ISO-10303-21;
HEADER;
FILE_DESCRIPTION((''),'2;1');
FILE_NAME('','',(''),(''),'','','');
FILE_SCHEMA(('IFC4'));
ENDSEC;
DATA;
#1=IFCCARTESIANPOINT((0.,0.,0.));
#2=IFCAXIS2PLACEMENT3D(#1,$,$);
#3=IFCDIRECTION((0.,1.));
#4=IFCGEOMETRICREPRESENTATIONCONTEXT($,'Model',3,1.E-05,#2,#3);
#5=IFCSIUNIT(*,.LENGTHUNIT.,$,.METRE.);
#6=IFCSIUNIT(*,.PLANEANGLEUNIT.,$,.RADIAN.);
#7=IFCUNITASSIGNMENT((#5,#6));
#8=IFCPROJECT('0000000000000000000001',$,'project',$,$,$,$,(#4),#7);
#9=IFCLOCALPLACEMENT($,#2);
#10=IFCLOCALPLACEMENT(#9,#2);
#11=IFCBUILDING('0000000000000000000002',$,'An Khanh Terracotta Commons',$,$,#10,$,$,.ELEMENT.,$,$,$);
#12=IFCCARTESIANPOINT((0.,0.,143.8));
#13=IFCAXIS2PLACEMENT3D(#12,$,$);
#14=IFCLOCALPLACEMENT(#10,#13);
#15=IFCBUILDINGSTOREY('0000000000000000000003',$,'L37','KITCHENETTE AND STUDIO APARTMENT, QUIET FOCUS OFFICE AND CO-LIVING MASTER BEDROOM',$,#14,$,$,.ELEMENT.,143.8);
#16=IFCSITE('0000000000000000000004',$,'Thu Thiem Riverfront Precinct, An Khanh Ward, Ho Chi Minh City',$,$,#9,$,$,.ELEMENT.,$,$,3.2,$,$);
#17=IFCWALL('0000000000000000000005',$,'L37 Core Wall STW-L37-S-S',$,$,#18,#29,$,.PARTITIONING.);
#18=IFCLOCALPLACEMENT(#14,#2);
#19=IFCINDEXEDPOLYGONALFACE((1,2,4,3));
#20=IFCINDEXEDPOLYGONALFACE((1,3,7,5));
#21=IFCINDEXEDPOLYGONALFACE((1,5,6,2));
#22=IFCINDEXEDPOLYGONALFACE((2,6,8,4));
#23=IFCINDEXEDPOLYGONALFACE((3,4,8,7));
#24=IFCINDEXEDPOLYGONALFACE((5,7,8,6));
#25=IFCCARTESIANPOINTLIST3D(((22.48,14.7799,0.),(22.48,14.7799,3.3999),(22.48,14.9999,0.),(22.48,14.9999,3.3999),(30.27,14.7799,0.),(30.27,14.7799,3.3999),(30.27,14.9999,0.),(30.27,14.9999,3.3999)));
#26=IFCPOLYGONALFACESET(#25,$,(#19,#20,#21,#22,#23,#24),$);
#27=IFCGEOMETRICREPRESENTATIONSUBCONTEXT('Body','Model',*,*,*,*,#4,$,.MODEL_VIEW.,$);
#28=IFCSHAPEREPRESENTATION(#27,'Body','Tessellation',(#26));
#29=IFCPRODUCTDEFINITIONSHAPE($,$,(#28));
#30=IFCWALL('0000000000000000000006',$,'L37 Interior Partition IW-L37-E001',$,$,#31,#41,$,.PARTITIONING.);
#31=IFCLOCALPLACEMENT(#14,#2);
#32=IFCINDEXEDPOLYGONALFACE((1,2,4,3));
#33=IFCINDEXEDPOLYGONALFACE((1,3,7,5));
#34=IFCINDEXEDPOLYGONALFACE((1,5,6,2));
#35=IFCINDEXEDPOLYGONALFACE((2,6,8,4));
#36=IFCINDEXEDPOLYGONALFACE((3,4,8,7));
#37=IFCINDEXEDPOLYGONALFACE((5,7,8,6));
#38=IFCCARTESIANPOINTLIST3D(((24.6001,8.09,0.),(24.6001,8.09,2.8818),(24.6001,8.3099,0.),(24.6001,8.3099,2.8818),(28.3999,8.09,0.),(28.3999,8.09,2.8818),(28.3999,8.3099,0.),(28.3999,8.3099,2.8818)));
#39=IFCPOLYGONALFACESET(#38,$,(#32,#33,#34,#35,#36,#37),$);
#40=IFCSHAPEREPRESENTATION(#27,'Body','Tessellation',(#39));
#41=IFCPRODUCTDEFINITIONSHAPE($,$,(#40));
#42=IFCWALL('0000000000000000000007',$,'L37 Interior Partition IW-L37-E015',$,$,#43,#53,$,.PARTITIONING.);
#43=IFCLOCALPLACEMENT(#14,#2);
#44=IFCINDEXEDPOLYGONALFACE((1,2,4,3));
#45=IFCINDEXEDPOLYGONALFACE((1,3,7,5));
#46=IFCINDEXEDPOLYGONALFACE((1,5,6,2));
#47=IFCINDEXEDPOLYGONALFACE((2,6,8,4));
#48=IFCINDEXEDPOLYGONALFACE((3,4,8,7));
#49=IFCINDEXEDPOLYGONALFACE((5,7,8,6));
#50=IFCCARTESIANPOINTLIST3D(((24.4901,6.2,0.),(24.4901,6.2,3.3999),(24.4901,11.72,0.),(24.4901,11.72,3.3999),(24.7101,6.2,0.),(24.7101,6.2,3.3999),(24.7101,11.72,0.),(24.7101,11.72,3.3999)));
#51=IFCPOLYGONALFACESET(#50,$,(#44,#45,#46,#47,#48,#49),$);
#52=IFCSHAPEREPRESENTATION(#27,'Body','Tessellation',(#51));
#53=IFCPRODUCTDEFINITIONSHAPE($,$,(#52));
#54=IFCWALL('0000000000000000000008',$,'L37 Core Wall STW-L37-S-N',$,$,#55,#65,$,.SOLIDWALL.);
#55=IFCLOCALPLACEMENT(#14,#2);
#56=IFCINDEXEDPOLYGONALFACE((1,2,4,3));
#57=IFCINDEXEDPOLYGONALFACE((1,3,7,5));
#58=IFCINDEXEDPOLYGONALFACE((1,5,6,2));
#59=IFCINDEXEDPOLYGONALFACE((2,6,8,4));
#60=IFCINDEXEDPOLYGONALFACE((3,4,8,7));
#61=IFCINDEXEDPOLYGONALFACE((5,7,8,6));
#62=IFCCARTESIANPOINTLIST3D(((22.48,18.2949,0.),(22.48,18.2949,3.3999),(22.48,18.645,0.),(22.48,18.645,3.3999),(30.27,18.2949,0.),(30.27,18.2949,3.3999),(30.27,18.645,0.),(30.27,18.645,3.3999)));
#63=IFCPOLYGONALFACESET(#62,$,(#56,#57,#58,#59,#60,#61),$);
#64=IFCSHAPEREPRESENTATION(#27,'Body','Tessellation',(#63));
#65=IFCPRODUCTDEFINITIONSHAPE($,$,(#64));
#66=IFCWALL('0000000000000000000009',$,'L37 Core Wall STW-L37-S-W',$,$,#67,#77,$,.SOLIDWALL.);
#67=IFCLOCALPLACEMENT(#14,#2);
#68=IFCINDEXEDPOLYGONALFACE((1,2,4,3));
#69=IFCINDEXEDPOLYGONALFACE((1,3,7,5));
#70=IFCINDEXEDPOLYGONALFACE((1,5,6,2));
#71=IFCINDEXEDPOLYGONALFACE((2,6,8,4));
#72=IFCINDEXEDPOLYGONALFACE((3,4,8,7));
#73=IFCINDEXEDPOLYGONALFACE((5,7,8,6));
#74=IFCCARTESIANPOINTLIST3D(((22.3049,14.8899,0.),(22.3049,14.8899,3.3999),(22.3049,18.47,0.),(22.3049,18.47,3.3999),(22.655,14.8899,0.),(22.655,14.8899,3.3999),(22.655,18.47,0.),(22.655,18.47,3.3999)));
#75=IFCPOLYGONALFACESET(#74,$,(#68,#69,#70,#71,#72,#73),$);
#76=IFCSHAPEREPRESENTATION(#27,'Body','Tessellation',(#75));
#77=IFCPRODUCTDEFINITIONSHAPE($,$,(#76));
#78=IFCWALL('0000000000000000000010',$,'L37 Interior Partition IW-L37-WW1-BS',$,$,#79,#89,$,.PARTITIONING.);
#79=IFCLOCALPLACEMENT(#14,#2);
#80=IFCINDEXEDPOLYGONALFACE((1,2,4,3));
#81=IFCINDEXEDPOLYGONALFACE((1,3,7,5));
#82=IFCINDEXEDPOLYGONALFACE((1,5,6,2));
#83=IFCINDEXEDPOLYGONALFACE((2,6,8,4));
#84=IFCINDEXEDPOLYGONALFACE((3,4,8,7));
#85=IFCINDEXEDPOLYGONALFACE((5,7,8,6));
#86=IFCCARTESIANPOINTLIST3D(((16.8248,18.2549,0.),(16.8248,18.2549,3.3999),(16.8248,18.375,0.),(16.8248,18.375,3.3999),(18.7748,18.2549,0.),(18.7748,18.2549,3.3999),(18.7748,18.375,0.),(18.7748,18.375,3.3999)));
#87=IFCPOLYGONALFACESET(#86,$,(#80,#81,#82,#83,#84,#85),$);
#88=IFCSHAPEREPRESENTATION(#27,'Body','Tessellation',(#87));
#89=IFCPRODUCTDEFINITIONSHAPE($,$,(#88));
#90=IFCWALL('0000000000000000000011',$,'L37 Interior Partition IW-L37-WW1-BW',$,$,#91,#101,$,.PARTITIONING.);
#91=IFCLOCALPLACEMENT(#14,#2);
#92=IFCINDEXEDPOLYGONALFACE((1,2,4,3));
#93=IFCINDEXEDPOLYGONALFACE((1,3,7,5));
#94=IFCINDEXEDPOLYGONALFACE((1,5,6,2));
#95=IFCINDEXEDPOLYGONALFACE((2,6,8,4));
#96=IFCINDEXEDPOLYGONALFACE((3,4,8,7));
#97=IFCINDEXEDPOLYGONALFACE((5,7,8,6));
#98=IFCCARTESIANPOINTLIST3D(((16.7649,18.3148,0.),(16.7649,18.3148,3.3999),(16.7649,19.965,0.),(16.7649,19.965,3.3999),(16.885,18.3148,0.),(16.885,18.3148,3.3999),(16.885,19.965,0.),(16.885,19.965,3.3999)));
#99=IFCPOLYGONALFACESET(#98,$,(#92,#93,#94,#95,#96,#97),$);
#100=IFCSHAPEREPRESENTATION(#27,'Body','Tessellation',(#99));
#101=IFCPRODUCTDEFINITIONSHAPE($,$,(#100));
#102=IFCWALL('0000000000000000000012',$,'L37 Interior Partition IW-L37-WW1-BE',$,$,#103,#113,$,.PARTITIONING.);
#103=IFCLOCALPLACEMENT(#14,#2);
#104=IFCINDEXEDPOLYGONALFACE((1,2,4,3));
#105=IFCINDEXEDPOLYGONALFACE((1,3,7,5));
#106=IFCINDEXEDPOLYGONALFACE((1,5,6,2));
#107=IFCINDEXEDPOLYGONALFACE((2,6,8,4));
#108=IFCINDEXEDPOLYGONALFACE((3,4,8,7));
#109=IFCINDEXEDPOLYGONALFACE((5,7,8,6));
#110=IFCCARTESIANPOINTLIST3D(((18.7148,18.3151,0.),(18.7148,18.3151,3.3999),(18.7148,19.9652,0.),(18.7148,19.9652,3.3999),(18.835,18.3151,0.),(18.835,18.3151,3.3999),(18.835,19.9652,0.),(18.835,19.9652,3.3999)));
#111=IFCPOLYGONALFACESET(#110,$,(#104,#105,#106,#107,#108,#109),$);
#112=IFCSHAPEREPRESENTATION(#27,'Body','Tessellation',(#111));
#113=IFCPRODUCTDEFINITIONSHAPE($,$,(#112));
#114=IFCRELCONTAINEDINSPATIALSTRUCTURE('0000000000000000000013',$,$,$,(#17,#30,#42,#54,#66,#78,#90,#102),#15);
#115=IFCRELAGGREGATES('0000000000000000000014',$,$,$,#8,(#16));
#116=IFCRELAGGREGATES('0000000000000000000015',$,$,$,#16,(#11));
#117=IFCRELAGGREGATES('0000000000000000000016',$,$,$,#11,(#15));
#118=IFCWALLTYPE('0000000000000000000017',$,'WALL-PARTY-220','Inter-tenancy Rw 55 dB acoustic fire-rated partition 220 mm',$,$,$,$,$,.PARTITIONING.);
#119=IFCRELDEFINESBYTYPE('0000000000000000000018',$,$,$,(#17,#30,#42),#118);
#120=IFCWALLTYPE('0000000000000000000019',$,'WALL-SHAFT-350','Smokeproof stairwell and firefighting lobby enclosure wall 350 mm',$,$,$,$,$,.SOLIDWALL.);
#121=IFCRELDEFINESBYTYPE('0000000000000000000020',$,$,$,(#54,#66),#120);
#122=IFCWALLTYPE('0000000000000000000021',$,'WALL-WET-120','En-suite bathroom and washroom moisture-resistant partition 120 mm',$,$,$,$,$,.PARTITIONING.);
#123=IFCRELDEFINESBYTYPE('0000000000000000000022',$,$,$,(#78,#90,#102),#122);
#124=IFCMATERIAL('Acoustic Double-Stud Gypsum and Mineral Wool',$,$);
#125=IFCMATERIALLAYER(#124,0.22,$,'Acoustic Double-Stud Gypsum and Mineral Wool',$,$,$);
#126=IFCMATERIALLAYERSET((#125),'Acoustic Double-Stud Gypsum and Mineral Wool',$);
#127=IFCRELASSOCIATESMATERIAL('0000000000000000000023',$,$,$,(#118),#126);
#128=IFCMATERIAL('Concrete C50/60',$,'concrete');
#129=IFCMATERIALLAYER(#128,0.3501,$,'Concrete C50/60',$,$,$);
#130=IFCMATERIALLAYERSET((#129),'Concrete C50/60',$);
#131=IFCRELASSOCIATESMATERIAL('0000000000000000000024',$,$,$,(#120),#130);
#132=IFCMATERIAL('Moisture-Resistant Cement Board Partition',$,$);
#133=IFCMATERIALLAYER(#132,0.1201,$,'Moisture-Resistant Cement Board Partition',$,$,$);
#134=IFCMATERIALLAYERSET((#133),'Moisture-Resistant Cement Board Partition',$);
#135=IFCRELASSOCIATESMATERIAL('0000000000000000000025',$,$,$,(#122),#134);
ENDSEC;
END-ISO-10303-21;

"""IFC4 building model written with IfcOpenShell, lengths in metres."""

from ifc_helpers import new_model, si_unit, direction, frame, frame_2d, origin, place, context, subcontext, project, spatial, rectangle, extrude, material, layer, layer_set, type_object, element, save


model = new_model("IFC4")

# Units and contexts
model_context = context("Model", 3, precision=1e-05, world=origin(), true_north=direction((0.0, 1.0)))
body_context = subcontext(model_context, "Body", "Model", "MODEL_VIEW")
ifc_project = project(units=[si_unit("LENGTHUNIT", "METRE"), si_unit("PLANEANGLEUNIT", "RADIAN")], contexts=[model_context])

# Site, building, storey
site_placement = place(None, origin())
site = spatial("IfcSite", under=ifc_project, at=site_placement, Name="Thu Thiem Riverfront Precinct, An Khanh Ward, Ho Chi Minh City", CompositionType="ELEMENT", RefElevation=3.2)
building_placement = place(site_placement, origin())
building = spatial("IfcBuilding", under=site, at=building_placement, Name="An Khanh Terracotta Commons", CompositionType="ELEMENT")
storey_placement = place(building_placement, frame((0.0, 0.0, 143.8)))
storey = spatial("IfcBuildingStorey", under=building, at=storey_placement, Name="L37", Description="KITCHENETTE AND STUDIO APARTMENT, QUIET FOCUS OFFICE AND CO-LIVING MASTER BEDROOM", CompositionType="ELEMENT", Elevation=143.8)

# Walls
ifc_material_1 = material(Name="Acoustic Double-Stud Gypsum and Mineral Wool")
ifc_layer_1 = layer(ifc_material_1, 0.22, Name="Acoustic Double-Stud Gypsum and Mineral Wool")
ifc_layer_set_1 = layer_set([ifc_layer_1], Name="Acoustic Double-Stud Gypsum and Mineral Wool")
wall_type_1 = type_object("IfcWallType", Name="WALL-PARTY-220", Description="Inter-tenancy Rw 55 dB acoustic fire-rated partition 220 mm", PredefinedType="PARTITIONING", material=ifc_layer_set_1)
wall_1_placement = place(storey_placement, frame((22.48, 14.8899, 0.0), z_axis=(0.0, 0.0, 1.0), x_axis=(1.0, 0.0, 0.0)))
element("IfcWall", 1, at=wall_1_placement, inside=storey, type_object=wall_type_1, Name="L37 Core Wall STW-L37-S-S", PredefinedType="PARTITIONING", context=body_context, shape_type="SweptSolid", body=[
    extrude(rectangle(XDim=7.79, YDim=0.22, at=frame_2d((3.895, 0.0))), origin(), (0.0, 0.0, 1.0), 3.3999),
])
wall_2_placement = place(storey_placement, frame((24.6001, 8.2, 0.0), z_axis=(0.0, 0.0, 1.0), x_axis=(1.0, 0.0, 0.0)))
element("IfcWall", 2, at=wall_2_placement, inside=storey, type_object=wall_type_1, Name="L37 Interior Partition IW-L37-E001", PredefinedType="PARTITIONING", context=body_context, shape_type="SweptSolid", body=[
    extrude(rectangle(XDim=3.7998, YDim=0.22, at=frame_2d((1.8999, 0.0))), origin(), (0.0, 0.0, 1.0), 2.8818),
])
wall_3_placement = place(storey_placement, frame((24.6001, 6.2, 0.0), z_axis=(0.0, 0.0, 1.0), x_axis=(0.0, 1.0, 0.0)))
element("IfcWall", 3, at=wall_3_placement, inside=storey, type_object=wall_type_1, Name="L37 Interior Partition IW-L37-E015", PredefinedType="PARTITIONING", context=body_context, shape_type="SweptSolid", body=[
    extrude(rectangle(XDim=5.52, YDim=0.22, at=frame_2d((2.76, 0.0))), origin(), (0.0, 0.0, 1.0), 3.3999),
])
ifc_material_2 = material(Name="Concrete C50/60", Category="concrete")
ifc_layer_2 = layer(ifc_material_2, 0.3501, Name="Concrete C50/60")
ifc_layer_set_2 = layer_set([ifc_layer_2], Name="Concrete C50/60")
wall_type_2 = type_object("IfcWallType", Name="WALL-SHAFT-350", Description="Smokeproof stairwell and firefighting lobby enclosure wall 350 mm", PredefinedType="SOLIDWALL", material=ifc_layer_set_2)
wall_4_placement = place(storey_placement, frame((22.48, 18.47, 0.0), z_axis=(0.0, 0.0, 1.0), x_axis=(1.0, 0.0, 0.0)))
element("IfcWall", 4, at=wall_4_placement, inside=storey, type_object=wall_type_2, Name="L37 Core Wall STW-L37-S-N", PredefinedType="SOLIDWALL", context=body_context, shape_type="SweptSolid", body=[
    extrude(rectangle(XDim=7.79, YDim=0.3501, at=frame_2d((3.895, 0.0))), origin(), (0.0, 0.0, 1.0), 3.3999),
])
wall_5_placement = place(storey_placement, frame((22.48, 14.8899, 0.0), z_axis=(0.0, 0.0, 1.0), x_axis=(0.0, 1.0, 0.0)))
element("IfcWall", 5, at=wall_5_placement, inside=storey, type_object=wall_type_2, Name="L37 Core Wall STW-L37-S-W", PredefinedType="SOLIDWALL", context=body_context, shape_type="SweptSolid", body=[
    extrude(rectangle(XDim=3.5801, YDim=0.3501, at=frame_2d((1.79, 0.0))), origin(), (0.0, 0.0, 1.0), 3.3999),
])
ifc_material_3 = material(Name="Moisture-Resistant Cement Board Partition")
ifc_layer_3 = layer(ifc_material_3, 0.1201, Name="Moisture-Resistant Cement Board Partition")
ifc_layer_set_3 = layer_set([ifc_layer_3], Name="Moisture-Resistant Cement Board Partition")
wall_type_3 = type_object("IfcWallType", Name="WALL-WET-120", Description="En-suite bathroom and washroom moisture-resistant partition 120 mm", PredefinedType="PARTITIONING", material=ifc_layer_set_3)
wall_6_placement = place(storey_placement, frame((18.7749, 18.3149, 0.0), z_axis=(0.0, 0.0, 1.0), x_axis=(-1.0, 0.0, 0.0)))
element("IfcWall", 6, at=wall_6_placement, inside=storey, type_object=wall_type_3, Name="L37 Interior Partition IW-L37-WW1-BS", PredefinedType="PARTITIONING", context=body_context, shape_type="SweptSolid", body=[
    extrude(rectangle(XDim=1.95, YDim=0.1201, at=frame_2d((0.9751, 0.0))), origin(), (0.0, 0.0, 1.0), 3.3999),
])
for number, where, z_axis, x_axis, name in (
    (7, (16.825, 19.9651, 0.0), (0.0, 0.0, 1.0), (0.0, -1.0, 0.0), "L37 Interior Partition IW-L37-WW1-BW"),
    (8, (18.7749, 18.3149, 0.0), (0.0, 0.0, 1.0), (0.0, 1.0, 0.0), "L37 Interior Partition IW-L37-WW1-BE"),
):
    element("IfcWall", number, at=place(storey_placement, frame(where, z_axis=z_axis, x_axis=x_axis)), inside=storey, type_object=wall_type_3, Name=name, PredefinedType="PARTITIONING", context=body_context, shape_type="SweptSolid", body=[
        extrude(rectangle(XDim=1.6501, YDim=0.1201, at=frame_2d((0.8252, 0.0))), origin(), (0.0, 0.0, 1.0), 3.3999),
    ])

save(model, "model.ifc")
